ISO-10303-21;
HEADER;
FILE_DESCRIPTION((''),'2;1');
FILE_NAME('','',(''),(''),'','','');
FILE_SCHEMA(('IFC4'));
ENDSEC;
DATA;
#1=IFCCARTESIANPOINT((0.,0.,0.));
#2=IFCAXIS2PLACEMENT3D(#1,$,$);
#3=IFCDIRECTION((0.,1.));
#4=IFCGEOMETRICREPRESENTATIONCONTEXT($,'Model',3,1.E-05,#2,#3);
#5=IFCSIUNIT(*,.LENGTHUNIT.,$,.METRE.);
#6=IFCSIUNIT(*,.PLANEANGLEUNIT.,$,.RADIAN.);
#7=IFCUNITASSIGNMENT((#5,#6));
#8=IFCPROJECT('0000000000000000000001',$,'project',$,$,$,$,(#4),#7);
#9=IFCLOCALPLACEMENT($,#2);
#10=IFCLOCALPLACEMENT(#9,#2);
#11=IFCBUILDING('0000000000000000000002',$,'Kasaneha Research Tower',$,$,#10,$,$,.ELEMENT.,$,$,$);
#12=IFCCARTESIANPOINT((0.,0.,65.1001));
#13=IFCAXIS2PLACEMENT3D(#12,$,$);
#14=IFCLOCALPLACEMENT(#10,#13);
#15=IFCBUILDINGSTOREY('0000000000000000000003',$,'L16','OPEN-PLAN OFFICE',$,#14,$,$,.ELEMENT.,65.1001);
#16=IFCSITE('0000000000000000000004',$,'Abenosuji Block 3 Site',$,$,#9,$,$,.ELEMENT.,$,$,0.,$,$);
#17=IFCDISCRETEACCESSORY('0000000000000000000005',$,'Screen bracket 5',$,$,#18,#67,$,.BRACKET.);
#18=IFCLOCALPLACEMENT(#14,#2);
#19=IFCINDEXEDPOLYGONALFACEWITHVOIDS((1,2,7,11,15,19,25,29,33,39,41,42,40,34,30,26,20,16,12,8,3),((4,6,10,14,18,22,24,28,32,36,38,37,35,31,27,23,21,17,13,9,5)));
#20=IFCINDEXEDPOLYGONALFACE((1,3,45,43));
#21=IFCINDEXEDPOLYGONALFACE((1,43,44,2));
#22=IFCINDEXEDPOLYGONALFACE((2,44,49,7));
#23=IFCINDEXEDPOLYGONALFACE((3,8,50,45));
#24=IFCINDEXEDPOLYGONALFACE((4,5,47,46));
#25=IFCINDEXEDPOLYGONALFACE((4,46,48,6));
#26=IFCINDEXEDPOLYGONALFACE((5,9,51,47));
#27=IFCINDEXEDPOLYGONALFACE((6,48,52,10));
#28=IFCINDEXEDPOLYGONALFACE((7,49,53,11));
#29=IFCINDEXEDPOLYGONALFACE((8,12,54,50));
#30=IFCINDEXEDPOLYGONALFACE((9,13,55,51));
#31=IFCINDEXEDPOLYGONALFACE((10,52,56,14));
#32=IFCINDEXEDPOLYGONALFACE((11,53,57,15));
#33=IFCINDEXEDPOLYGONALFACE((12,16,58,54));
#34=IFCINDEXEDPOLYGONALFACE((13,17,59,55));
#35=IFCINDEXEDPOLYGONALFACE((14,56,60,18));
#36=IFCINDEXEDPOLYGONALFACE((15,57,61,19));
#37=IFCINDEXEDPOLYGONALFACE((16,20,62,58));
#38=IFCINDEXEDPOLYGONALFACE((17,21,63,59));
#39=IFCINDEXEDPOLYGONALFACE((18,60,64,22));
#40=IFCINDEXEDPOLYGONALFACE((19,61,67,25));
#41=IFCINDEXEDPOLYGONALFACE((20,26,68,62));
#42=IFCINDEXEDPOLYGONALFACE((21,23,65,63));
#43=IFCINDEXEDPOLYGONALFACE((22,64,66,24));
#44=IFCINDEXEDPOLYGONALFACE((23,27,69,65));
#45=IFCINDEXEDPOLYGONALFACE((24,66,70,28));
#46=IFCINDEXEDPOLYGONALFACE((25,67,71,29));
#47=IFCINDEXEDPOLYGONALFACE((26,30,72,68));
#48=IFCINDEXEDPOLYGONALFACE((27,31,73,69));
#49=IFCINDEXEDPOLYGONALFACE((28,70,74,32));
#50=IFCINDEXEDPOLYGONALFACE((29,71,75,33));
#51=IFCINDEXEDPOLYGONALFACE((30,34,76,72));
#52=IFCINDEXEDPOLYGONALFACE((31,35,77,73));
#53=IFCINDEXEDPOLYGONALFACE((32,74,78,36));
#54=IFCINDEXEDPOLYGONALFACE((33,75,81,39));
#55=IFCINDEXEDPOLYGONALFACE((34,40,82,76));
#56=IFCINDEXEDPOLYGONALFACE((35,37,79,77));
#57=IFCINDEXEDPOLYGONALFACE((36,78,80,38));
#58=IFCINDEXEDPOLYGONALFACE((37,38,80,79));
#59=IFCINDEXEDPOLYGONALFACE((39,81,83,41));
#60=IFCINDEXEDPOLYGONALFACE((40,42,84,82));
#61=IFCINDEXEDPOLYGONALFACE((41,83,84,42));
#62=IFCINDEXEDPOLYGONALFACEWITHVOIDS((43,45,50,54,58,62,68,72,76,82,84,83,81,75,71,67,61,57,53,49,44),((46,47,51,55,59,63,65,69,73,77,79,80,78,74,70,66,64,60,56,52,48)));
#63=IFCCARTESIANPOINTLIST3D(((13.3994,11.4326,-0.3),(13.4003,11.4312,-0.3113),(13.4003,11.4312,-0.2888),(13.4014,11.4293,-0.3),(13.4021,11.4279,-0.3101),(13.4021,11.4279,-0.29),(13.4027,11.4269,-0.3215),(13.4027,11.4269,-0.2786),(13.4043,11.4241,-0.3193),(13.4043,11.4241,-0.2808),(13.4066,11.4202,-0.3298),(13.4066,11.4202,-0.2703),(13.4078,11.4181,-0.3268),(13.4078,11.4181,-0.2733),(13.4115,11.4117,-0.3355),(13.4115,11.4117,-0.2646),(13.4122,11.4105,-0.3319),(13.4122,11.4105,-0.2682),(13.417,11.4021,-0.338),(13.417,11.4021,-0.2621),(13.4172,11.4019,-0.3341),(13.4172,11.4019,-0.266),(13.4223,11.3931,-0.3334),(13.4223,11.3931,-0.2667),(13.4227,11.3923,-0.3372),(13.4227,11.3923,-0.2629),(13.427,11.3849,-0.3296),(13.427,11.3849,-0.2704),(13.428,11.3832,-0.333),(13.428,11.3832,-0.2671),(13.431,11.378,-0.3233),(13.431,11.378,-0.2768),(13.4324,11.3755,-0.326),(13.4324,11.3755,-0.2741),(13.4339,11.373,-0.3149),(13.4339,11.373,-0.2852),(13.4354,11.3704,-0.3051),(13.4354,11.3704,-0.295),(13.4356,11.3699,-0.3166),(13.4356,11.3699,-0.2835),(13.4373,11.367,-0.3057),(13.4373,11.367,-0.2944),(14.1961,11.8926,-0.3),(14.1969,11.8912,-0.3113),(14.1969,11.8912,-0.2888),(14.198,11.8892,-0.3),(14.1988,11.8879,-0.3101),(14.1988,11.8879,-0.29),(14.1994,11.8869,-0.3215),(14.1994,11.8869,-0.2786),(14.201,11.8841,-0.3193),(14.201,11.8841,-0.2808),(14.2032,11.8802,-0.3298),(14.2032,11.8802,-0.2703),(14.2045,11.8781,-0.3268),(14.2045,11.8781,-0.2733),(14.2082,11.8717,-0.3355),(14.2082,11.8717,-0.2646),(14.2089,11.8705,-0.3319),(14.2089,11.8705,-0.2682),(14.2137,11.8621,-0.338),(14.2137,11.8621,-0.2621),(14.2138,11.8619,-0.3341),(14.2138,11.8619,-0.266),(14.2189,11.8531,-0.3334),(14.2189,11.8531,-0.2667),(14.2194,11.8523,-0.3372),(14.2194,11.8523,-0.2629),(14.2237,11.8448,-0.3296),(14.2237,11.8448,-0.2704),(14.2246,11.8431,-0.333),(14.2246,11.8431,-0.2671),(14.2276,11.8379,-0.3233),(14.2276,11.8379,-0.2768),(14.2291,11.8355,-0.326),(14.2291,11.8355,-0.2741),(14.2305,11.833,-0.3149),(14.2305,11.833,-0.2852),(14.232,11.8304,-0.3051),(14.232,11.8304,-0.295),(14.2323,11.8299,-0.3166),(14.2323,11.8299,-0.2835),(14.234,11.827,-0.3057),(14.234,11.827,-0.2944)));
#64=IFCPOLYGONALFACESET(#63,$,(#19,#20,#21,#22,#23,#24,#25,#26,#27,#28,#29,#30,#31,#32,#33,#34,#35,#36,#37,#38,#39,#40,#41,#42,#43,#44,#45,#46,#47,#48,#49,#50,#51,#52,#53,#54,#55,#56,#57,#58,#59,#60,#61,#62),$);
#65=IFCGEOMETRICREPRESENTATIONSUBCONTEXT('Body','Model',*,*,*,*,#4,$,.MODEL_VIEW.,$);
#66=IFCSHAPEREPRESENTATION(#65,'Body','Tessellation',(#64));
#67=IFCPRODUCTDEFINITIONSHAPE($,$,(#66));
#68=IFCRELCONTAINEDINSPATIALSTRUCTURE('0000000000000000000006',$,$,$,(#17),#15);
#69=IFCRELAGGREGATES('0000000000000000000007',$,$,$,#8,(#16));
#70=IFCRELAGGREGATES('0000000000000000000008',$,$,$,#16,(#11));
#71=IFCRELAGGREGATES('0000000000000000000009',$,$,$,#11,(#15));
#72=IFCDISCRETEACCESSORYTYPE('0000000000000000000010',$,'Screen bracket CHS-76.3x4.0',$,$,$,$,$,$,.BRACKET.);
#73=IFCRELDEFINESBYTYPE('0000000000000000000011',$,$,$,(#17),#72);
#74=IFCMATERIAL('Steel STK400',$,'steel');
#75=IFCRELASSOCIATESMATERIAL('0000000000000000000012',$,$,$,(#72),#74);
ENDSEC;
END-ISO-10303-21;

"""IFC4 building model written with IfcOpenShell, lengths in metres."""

from ifc_helpers import new_model, si_unit, direction, frame, origin, origin_2d, place, context, subcontext, project, spatial, hollow_circle, extrude, material, material_profile, profile_set, type_object, element, save


model = new_model("IFC4")

# Units and contexts
model_context = context("Model", 3, precision=1e-05, world=origin(), true_north=direction((0.0, 1.0)))
body_context = subcontext(model_context, "Body", "Model", "MODEL_VIEW")
ifc_project = project(units=[si_unit("LENGTHUNIT", "METRE"), si_unit("PLANEANGLEUNIT", "RADIAN")], contexts=[model_context])

# Site, building, storey
site_placement = place(None, origin())
site = spatial("IfcSite", under=ifc_project, at=site_placement, Name="Abenosuji Block 3 Site", CompositionType="ELEMENT", RefElevation=0.0)
building_placement = place(site_placement, origin())
building = spatial("IfcBuilding", under=site, at=building_placement, Name="Kasaneha Research Tower", CompositionType="ELEMENT")
storey_placement = place(building_placement, frame((0.0, 0.0, 65.1001)))
storey = spatial("IfcBuildingStorey", under=building, at=storey_placement, Name="L16", Description="OPEN-PLAN OFFICE", CompositionType="ELEMENT", Elevation=65.1001)

# Discrete accessory
ifc_material_1 = material(Name="Steel STK400", Category="steel")
ifc_material_profile_1 = material_profile(ifc_material_1, hollow_circle(Radius=0.0381, WallThickness=0.0039, at=origin_2d()), Name="CHS-76.3x4.0")
ifc_profile_set_1 = profile_set([ifc_material_profile_1], Name="Steel STK400")
discrete_accessory_type = type_object("IfcDiscreteAccessoryType", Name="Screen bracket CHS-76.3x4.0", PredefinedType="BRACKET", material=ifc_profile_set_1)
for number, where, z_axis, x_axis, name in (
    (1, (13.4185, 11.3997, -0.3), (0.866013, 0.500021, 0.0), (-0.500021, 0.866013, 0.0), "Screen bracket 5"),
):
    element("IfcDiscreteAccessory", number, at=place(storey_placement, frame(where, z_axis=z_axis, x_axis=x_axis)), inside=storey, type_object=discrete_accessory_type, Name=name, PredefinedType="BRACKET", context=body_context, shape_type="SweptSolid", body=[
        extrude(hollow_circle(Radius=0.0381, WallThickness=0.0039, at=origin_2d()), origin(), (0.0, 0.0, 1.0), 0.9199),
    ])

save(model, "model.ifc")
